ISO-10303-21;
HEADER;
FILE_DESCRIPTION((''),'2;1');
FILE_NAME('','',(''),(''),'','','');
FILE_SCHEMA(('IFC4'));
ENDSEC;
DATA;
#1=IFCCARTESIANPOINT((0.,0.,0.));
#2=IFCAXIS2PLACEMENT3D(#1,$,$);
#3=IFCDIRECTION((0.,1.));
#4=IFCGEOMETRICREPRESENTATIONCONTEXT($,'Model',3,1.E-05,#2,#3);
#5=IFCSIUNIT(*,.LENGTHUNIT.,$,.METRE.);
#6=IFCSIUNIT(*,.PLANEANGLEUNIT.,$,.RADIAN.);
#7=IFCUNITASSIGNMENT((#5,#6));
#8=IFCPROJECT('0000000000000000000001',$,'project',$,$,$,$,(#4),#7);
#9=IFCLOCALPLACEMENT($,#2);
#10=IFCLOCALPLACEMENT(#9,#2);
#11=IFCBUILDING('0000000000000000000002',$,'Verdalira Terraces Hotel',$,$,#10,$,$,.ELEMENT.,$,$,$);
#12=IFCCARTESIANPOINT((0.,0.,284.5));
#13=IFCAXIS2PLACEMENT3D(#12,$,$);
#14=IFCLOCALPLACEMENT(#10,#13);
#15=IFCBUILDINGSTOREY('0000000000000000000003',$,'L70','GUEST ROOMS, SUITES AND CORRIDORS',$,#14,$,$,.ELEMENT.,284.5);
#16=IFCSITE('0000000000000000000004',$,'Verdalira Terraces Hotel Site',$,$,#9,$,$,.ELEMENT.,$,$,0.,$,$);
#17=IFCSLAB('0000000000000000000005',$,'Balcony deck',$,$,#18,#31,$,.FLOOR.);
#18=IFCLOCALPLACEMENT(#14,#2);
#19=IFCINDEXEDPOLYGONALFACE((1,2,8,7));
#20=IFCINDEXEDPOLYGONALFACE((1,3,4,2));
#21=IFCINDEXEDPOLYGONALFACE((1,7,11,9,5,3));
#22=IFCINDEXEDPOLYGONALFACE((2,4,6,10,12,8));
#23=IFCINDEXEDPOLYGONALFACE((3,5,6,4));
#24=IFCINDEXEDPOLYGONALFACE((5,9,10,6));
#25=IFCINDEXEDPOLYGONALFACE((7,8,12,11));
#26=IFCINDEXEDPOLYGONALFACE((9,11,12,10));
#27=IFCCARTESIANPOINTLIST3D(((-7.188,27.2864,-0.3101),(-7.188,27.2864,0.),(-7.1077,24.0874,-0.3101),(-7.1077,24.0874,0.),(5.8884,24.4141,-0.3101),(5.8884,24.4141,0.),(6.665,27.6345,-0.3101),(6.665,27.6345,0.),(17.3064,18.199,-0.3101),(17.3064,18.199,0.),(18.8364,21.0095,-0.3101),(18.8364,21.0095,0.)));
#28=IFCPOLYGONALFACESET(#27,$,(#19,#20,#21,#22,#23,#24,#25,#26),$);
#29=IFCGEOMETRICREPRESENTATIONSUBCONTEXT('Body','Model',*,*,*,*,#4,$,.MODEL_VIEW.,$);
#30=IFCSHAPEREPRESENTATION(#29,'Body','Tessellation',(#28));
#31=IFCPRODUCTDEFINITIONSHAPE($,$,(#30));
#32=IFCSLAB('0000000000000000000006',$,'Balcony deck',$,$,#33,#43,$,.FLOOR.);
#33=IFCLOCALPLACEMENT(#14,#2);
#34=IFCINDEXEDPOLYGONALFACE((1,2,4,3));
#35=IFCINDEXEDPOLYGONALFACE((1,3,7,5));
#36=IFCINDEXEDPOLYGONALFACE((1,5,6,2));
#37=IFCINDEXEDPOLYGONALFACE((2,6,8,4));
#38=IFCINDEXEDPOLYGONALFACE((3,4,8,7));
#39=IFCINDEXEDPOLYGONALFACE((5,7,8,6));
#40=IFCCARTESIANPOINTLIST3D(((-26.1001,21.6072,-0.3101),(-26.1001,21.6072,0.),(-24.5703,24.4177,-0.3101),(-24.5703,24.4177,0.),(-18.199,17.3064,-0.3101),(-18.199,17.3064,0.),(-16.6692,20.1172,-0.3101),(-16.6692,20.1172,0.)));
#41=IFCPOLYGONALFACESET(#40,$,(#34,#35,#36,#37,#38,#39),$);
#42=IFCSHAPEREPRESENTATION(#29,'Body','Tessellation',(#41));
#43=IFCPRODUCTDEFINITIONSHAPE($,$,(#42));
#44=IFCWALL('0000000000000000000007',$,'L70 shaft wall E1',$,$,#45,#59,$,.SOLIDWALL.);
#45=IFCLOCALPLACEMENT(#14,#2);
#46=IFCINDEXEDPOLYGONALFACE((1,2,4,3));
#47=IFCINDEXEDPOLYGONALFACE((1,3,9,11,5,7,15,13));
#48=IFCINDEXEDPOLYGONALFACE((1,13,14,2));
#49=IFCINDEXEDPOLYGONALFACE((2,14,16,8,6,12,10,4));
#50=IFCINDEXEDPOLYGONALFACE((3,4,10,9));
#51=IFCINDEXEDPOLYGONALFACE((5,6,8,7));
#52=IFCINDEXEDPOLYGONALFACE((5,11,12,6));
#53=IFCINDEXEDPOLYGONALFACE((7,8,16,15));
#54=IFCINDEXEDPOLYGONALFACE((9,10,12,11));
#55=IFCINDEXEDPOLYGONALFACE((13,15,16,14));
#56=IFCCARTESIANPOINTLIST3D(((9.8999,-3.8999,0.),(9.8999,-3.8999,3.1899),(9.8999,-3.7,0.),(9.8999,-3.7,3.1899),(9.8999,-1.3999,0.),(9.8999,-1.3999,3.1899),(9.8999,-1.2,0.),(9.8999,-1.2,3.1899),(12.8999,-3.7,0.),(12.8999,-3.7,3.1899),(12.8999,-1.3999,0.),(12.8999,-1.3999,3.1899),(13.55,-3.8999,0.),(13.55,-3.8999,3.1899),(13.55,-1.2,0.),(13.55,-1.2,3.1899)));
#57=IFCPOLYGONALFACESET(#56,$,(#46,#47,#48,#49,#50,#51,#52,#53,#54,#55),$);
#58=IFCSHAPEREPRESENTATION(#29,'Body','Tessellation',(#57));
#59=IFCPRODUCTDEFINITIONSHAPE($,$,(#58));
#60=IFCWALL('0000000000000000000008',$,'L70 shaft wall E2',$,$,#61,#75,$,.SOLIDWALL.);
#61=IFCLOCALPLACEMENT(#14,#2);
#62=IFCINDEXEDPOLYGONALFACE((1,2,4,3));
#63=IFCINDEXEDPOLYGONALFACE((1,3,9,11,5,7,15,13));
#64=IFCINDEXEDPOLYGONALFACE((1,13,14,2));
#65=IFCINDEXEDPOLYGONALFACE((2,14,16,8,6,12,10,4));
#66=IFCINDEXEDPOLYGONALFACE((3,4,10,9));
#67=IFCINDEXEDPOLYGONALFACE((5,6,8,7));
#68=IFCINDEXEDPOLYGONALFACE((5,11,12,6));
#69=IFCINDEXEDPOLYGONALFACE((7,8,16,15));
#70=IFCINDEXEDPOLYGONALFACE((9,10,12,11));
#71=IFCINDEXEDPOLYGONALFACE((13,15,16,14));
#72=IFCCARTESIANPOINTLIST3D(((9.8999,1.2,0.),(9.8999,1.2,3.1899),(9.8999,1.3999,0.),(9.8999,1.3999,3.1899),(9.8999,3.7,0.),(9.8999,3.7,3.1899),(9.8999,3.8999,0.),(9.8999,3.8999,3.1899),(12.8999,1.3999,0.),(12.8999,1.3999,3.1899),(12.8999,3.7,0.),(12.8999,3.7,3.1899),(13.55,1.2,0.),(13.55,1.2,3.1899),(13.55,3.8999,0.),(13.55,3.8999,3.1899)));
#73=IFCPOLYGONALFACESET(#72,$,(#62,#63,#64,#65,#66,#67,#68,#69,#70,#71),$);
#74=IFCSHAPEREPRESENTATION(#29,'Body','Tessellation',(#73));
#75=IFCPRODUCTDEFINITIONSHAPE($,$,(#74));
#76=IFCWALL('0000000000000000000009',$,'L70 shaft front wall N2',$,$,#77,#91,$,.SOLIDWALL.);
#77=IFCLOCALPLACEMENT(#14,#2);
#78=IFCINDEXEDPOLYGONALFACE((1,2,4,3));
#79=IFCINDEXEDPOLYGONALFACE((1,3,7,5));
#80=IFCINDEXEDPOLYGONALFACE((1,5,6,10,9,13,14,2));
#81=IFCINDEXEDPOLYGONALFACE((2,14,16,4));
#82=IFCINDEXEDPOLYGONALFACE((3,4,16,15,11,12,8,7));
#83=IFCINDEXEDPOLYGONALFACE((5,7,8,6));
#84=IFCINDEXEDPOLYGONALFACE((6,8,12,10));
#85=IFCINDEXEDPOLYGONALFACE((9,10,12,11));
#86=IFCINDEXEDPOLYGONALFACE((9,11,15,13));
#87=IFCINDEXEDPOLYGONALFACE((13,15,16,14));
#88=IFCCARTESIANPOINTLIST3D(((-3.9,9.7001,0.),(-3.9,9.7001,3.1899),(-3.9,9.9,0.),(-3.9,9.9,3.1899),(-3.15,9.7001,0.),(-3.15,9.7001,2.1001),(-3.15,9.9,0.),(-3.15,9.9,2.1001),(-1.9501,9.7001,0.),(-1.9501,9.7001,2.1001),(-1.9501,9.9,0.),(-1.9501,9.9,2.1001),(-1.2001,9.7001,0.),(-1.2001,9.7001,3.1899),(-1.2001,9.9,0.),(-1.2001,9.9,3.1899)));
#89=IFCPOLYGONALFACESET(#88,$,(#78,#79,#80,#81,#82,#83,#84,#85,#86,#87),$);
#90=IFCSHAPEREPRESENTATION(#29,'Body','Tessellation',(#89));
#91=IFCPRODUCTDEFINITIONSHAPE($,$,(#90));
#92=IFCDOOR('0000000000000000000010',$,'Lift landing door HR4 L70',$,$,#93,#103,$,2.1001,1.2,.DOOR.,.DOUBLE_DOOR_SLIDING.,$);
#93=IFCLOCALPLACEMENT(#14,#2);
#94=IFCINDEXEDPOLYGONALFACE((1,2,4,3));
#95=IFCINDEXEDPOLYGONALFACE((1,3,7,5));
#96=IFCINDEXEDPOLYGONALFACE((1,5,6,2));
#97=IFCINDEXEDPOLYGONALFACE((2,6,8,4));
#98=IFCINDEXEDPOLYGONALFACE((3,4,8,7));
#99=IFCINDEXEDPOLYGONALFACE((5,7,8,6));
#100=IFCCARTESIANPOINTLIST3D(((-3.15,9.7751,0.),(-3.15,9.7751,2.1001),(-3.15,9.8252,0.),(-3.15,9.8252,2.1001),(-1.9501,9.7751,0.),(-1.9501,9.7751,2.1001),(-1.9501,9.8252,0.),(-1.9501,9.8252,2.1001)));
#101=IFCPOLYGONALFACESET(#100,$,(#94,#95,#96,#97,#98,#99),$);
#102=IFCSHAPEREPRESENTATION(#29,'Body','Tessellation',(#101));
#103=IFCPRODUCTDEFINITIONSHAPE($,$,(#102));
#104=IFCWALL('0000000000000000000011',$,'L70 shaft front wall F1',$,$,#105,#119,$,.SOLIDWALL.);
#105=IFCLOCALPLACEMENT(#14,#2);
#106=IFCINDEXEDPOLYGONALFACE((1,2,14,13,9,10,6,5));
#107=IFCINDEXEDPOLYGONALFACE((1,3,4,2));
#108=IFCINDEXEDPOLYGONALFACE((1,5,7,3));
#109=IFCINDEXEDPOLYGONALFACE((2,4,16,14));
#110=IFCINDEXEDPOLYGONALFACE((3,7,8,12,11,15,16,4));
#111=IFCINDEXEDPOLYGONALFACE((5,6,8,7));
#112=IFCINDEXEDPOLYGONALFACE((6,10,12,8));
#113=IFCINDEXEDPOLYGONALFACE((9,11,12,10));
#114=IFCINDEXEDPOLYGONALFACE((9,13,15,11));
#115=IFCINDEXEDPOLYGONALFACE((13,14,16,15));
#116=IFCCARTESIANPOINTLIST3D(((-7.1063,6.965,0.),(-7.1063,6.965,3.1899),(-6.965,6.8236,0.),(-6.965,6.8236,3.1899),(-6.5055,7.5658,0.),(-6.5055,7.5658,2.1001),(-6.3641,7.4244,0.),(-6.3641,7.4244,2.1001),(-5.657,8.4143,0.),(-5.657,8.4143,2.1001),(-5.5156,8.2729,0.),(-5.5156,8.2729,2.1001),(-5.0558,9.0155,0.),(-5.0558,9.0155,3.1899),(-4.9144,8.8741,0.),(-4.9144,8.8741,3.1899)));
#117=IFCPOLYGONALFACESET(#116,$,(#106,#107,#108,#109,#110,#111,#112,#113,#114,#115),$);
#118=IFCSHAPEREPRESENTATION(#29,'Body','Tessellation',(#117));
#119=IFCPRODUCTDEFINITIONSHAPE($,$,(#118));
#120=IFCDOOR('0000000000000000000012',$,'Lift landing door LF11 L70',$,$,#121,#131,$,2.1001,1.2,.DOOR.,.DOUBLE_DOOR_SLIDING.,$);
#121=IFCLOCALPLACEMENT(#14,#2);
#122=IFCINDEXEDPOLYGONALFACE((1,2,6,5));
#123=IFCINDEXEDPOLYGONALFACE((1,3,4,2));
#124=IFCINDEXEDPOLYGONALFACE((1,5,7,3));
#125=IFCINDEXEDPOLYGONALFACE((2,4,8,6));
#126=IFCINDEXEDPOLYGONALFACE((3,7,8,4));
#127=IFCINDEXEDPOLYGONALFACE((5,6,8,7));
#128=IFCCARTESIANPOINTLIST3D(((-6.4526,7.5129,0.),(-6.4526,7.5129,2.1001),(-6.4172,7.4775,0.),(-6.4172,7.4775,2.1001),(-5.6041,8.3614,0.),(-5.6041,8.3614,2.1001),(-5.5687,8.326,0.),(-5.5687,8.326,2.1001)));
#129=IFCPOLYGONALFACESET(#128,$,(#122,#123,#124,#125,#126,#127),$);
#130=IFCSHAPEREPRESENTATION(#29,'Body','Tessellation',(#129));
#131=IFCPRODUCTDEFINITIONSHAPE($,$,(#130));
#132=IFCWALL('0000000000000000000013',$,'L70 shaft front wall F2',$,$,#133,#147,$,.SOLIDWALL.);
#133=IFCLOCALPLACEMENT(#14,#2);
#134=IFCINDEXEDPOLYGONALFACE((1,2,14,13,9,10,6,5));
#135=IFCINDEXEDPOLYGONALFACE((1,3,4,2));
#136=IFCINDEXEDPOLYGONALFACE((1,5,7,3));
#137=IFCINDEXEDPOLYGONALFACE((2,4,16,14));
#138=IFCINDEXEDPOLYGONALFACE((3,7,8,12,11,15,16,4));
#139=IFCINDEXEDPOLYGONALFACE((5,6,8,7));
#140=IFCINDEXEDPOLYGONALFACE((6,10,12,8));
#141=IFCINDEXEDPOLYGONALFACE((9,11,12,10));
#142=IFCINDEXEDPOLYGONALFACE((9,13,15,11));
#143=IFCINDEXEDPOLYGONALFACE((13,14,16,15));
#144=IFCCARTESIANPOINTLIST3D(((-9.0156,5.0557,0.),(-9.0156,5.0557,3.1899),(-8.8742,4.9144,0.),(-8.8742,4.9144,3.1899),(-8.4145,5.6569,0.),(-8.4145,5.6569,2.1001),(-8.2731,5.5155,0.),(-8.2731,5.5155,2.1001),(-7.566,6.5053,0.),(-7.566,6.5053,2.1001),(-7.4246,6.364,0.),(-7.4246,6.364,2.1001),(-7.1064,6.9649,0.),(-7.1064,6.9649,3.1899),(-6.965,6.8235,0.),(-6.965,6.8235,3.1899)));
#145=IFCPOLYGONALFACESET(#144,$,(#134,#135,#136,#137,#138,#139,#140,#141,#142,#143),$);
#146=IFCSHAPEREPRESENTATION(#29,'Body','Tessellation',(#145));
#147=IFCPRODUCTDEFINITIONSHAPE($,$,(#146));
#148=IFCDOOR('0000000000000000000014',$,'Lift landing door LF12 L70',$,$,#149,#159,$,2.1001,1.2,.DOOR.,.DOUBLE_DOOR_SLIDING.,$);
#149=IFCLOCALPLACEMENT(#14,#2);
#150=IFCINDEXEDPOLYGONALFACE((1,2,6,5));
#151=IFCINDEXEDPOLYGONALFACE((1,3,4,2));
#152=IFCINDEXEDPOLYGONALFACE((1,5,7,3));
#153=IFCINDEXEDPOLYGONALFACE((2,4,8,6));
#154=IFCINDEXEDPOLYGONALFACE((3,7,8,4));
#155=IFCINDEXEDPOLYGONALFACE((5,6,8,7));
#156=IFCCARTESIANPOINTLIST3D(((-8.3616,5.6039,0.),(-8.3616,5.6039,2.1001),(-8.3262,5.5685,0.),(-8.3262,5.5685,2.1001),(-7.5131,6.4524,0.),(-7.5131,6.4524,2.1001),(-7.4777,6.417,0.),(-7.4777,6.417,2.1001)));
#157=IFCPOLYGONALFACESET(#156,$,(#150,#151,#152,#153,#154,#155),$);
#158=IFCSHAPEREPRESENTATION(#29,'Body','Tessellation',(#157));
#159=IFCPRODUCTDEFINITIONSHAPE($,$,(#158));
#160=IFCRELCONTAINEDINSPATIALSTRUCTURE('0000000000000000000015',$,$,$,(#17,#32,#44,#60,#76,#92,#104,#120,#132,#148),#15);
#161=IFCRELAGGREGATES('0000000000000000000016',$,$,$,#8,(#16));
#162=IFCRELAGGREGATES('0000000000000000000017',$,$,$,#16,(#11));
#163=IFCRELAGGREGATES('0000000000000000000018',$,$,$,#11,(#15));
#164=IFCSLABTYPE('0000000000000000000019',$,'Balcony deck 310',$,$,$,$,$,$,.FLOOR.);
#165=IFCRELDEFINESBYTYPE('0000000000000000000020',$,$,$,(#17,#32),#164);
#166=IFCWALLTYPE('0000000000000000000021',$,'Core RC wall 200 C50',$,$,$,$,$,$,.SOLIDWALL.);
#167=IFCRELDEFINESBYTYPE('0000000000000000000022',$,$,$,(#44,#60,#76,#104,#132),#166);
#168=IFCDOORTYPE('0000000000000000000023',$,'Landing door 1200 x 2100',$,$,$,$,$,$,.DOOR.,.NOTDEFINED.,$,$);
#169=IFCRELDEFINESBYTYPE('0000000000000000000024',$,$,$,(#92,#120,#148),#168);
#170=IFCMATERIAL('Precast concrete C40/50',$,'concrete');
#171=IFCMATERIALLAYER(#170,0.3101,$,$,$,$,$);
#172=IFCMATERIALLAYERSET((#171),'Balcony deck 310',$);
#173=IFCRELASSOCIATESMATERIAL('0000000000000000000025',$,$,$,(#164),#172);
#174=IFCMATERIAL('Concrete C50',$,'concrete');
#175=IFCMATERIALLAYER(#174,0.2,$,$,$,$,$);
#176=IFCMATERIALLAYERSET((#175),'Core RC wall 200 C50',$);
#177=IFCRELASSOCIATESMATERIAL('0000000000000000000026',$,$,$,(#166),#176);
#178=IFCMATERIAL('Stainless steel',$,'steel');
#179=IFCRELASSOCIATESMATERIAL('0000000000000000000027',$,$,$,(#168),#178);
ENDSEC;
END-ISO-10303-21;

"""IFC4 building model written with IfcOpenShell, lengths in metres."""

from ifc_helpers import new_model, si_unit, direction, frame, frame_2d, origin, place, context, subcontext, project, spatial, polyline, rectangle, outline, extrude, material, layer, layer_set, type_object, element, fill, save


model = new_model("IFC4")

# Units and contexts
model_context = context("Model", 3, precision=1e-05, world=origin(), true_north=direction((0.0, 1.0)))
body_context = subcontext(model_context, "Body", "Model", "MODEL_VIEW")
ifc_project = project(units=[si_unit("LENGTHUNIT", "METRE"), si_unit("PLANEANGLEUNIT", "RADIAN")], contexts=[model_context])

# Site, building, storey
site_placement = place(None, origin())
site = spatial("IfcSite", under=ifc_project, at=site_placement, Name="Verdalira Terraces Hotel Site", CompositionType="ELEMENT", RefElevation=0.0)
building_placement = place(site_placement, origin())
building = spatial("IfcBuilding", under=site, at=building_placement, Name="Verdalira Terraces Hotel", CompositionType="ELEMENT")
storey_placement = place(building_placement, frame((0.0, 0.0, 284.5)))
storey = spatial("IfcBuildingStorey", under=building, at=storey_placement, Name="L70", Description="GUEST ROOMS, SUITES AND CORRIDORS", CompositionType="ELEMENT", Elevation=284.5)

# Slabs
ifc_material_1 = material(Name="Precast concrete C40/50", Category="concrete")
ifc_layer_1 = layer(ifc_material_1, 0.3101)
ifc_layer_set_1 = layer_set([ifc_layer_1], Name="Balcony deck 310")
slab_type = type_object("IfcSlabType", Name="Balcony deck 310", PredefinedType="FLOOR", material=ifc_layer_set_1)
slab_1_placement = place(storey_placement, frame((0.0, 0.0, -0.3101)))
element("IfcSlab", 1, at=slab_1_placement, inside=storey, type_object=slab_type, Name="Balcony deck", PredefinedType="FLOOR", context=body_context, shape_type="SweptSolid", body=[
    extrude(outline(polyline([(-7.188, 27.2864), (-7.1077, 24.0874), (5.8884, 24.4141), (17.3064, 18.199), (18.8364, 21.0095), (6.665, 27.6345), (-7.188, 27.2864)])), origin(), (0.0, 0.0, 1.0), 0.3101),
])
slab_2_placement = place(storey_placement, frame((0.0, 0.0, -0.3101)))
element("IfcSlab", 2, at=slab_2_placement, inside=storey, type_object=slab_type, Name="Balcony deck", PredefinedType="FLOOR", context=body_context, shape_type="SweptSolid", body=[
    extrude(outline(polyline([(-24.5703, 24.4177), (-26.1001, 21.6072), (-18.199, 17.3064), (-16.6692, 20.1172), (-24.5703, 24.4177)])), origin(), (0.0, 0.0, 1.0), 0.3101),
])

# Walls
ifc_material_2 = material(Name="Concrete C50", Category="concrete")
ifc_layer_2 = layer(ifc_material_2, 0.2)
ifc_layer_set_2 = layer_set([ifc_layer_2], Name="Core RC wall 200 C50")
wall_type_1 = type_object("IfcWallType", Name="Core RC wall 200 C50", PredefinedType="SOLIDWALL", material=ifc_layer_set_2)
wall_1_placement = place(storey_placement, origin())
element("IfcWall", 3, at=wall_1_placement, inside=storey, type_object=wall_type_1, Name="L70 shaft wall E1", PredefinedType="SOLIDWALL", context=body_context, shape_type="SweptSolid", body=[
    extrude(outline(polyline([(13.55, -3.8999), (9.8999, -3.8999), (9.8999, -3.7), (12.8999, -3.7), (12.8999, -1.3999), (9.8999, -1.3999), (9.8999, -1.2), (13.55, -1.2), (13.55, -3.8999)])), origin(), (0.0, 0.0, 1.0), 3.1899),
])
wall_2_placement = place(storey_placement, origin())
element("IfcWall", 4, at=wall_2_placement, inside=storey, type_object=wall_type_1, Name="L70 shaft wall E2", PredefinedType="SOLIDWALL", context=body_context, shape_type="SweptSolid", body=[
    extrude(outline(polyline([(13.55, 3.8999), (13.55, 1.2), (9.8999, 1.2), (9.8999, 1.3999), (12.8999, 1.3999), (12.8999, 3.7), (9.8999, 3.7), (9.8999, 3.8999), (13.55, 3.8999)])), origin(), (0.0, 0.0, 1.0), 3.1899),
])

# Walls, openings, doors
wall_3_placement = place(storey_placement, frame((-1.2, 9.8, 0.0), z_axis=(0.0, 0.0, 1.0), x_axis=(-1.0, 0.0, 0.0)))
wall_3 = element("IfcWall", 5, at=wall_3_placement, inside=storey, type_object=wall_type_1, Name="L70 shaft front wall N2", PredefinedType="SOLIDWALL", context=body_context, shape_type="SweptSolid", body=[
    extrude(rectangle(XDim=2.7, YDim=0.2, at=frame_2d((1.3501, 0.0))), origin(), (0.0, 0.0, 1.0), 3.1899),
])
opening_1_placement = place(wall_3_placement, frame((0.75, 0.0, 0.0)))
opening_1 = element("IfcOpeningElement", 6, at=opening_1_placement, cuts=wall_3, PredefinedType="OPENING", context=body_context, shape_type="SweptSolid", body=[
    extrude(rectangle(XDim=1.2, YDim=2.1001, at=frame_2d((0.6001, 1.05))), frame((0.0, 0.1099, 0.0), z_axis=(0.0, -1.0, 0.0), x_axis=(1.0, 0.0, 0.0)), (0.0, 0.0, 1.0), 0.22),
])
ifc_material_3 = material(Name="Stainless steel", Category="steel")
door_type_1 = type_object("IfcDoorType", Name="Landing door 1200 x 2100", OperationType="NOTDEFINED", PredefinedType="DOOR", material=ifc_material_3)
door_1_placement = place(opening_1_placement, origin())
door_1 = element("IfcDoor", 7, at=door_1_placement, inside=storey, type_object=door_type_1, Name="Lift landing door HR4 L70", OperationType="DOUBLE_DOOR_SLIDING", OverallHeight=2.1001, OverallWidth=1.2, PredefinedType="DOOR", context=body_context, shape_type="SweptSolid", body=[
    extrude(rectangle(XDim=1.2, YDim=2.1001, at=frame_2d((0.6001, 1.05))), frame((0.0, 0.0249, 0.0), z_axis=(0.0, -1.0, 0.0), x_axis=(1.0, 0.0, 0.0)), (0.0, 0.0, 1.0), 0.05),
])
fill(opening_1, door_1)
wall_4_placement = place(storey_placement, frame((-4.9851, 8.9448, 0.0), z_axis=(0.0, 0.0, 1.0), x_axis=(-0.707107, -0.707107, 0.0)))
wall_4 = element("IfcWall", 8, at=wall_4_placement, inside=storey, type_object=wall_type_1, Name="L70 shaft front wall F1", PredefinedType="SOLIDWALL", context=body_context, shape_type="SweptSolid", body=[
    extrude(rectangle(XDim=2.8999, YDim=0.2, at=frame_2d((1.45, 0.0))), origin(), (0.0, 0.0, 1.0), 3.1899),
])
opening_2_placement = place(wall_4_placement, frame((0.8501, 0.0, 0.0)))
opening_2 = element("IfcOpeningElement", 9, at=opening_2_placement, cuts=wall_4, PredefinedType="OPENING", context=body_context, shape_type="SweptSolid", body=[
    extrude(rectangle(XDim=1.2, YDim=2.1001, at=frame_2d((0.6001, 1.05))), frame((0.0, 0.1099, 0.0), z_axis=(0.0, -1.0, 0.0), x_axis=(1.0, 0.0, 0.0)), (0.0, 0.0, 1.0), 0.22),
])
door_2_placement = place(opening_2_placement, origin())
door_2 = element("IfcDoor", 10, at=door_2_placement, inside=storey, type_object=door_type_1, Name="Lift landing door LF11 L70", OperationType="DOUBLE_DOOR_SLIDING", OverallHeight=2.1001, OverallWidth=1.2, PredefinedType="DOOR", context=body_context, shape_type="SweptSolid", body=[
    extrude(rectangle(XDim=1.2, YDim=2.1001, at=frame_2d((0.6001, 1.05))), frame((0.0, 0.0249, 0.0), z_axis=(0.0, -1.0, 0.0), x_axis=(1.0, 0.0, 0.0)), (0.0, 0.0, 1.0), 0.05),
])
fill(opening_2, door_2)
wall_5_placement = place(storey_placement, frame((-7.0356, 6.8943, 0.0), z_axis=(0.0, 0.0, 1.0), x_axis=(-0.707107, -0.707107, 0.0)))
wall_5 = element("IfcWall", 11, at=wall_5_placement, inside=storey, type_object=wall_type_1, Name="L70 shaft front wall F2", PredefinedType="SOLIDWALL", context=body_context, shape_type="SweptSolid", body=[
    extrude(rectangle(XDim=2.7, YDim=0.2, at=frame_2d((1.3501, 0.0))), origin(), (0.0, 0.0, 1.0), 3.1899),
])
opening_3_placement = place(wall_5_placement, frame((0.6499, 0.0, 0.0)))
opening_3 = element("IfcOpeningElement", 12, at=opening_3_placement, cuts=wall_5, PredefinedType="OPENING", context=body_context, shape_type="SweptSolid", body=[
    extrude(rectangle(XDim=1.2, YDim=2.1001, at=frame_2d((0.6001, 1.05))), frame((0.0, 0.1099, 0.0), z_axis=(0.0, -1.0, 0.0), x_axis=(1.0, 0.0, 0.0)), (0.0, 0.0, 1.0), 0.22),
])
door_3_placement = place(opening_3_placement, origin())
door_3 = element("IfcDoor", 13, at=door_3_placement, inside=storey, type_object=door_type_1, Name="Lift landing door LF12 L70", OperationType="DOUBLE_DOOR_SLIDING", OverallHeight=2.1001, OverallWidth=1.2, PredefinedType="DOOR", context=body_context, shape_type="SweptSolid", body=[
    extrude(rectangle(XDim=1.2, YDim=2.1001, at=frame_2d((0.6001, 1.05))), frame((0.0, 0.0249, 0.0), z_axis=(0.0, -1.0, 0.0), x_axis=(1.0, 0.0, 0.0)), (0.0, 0.0, 1.0), 0.05),
])
fill(opening_3, door_3)

save(model, "model.ifc")
